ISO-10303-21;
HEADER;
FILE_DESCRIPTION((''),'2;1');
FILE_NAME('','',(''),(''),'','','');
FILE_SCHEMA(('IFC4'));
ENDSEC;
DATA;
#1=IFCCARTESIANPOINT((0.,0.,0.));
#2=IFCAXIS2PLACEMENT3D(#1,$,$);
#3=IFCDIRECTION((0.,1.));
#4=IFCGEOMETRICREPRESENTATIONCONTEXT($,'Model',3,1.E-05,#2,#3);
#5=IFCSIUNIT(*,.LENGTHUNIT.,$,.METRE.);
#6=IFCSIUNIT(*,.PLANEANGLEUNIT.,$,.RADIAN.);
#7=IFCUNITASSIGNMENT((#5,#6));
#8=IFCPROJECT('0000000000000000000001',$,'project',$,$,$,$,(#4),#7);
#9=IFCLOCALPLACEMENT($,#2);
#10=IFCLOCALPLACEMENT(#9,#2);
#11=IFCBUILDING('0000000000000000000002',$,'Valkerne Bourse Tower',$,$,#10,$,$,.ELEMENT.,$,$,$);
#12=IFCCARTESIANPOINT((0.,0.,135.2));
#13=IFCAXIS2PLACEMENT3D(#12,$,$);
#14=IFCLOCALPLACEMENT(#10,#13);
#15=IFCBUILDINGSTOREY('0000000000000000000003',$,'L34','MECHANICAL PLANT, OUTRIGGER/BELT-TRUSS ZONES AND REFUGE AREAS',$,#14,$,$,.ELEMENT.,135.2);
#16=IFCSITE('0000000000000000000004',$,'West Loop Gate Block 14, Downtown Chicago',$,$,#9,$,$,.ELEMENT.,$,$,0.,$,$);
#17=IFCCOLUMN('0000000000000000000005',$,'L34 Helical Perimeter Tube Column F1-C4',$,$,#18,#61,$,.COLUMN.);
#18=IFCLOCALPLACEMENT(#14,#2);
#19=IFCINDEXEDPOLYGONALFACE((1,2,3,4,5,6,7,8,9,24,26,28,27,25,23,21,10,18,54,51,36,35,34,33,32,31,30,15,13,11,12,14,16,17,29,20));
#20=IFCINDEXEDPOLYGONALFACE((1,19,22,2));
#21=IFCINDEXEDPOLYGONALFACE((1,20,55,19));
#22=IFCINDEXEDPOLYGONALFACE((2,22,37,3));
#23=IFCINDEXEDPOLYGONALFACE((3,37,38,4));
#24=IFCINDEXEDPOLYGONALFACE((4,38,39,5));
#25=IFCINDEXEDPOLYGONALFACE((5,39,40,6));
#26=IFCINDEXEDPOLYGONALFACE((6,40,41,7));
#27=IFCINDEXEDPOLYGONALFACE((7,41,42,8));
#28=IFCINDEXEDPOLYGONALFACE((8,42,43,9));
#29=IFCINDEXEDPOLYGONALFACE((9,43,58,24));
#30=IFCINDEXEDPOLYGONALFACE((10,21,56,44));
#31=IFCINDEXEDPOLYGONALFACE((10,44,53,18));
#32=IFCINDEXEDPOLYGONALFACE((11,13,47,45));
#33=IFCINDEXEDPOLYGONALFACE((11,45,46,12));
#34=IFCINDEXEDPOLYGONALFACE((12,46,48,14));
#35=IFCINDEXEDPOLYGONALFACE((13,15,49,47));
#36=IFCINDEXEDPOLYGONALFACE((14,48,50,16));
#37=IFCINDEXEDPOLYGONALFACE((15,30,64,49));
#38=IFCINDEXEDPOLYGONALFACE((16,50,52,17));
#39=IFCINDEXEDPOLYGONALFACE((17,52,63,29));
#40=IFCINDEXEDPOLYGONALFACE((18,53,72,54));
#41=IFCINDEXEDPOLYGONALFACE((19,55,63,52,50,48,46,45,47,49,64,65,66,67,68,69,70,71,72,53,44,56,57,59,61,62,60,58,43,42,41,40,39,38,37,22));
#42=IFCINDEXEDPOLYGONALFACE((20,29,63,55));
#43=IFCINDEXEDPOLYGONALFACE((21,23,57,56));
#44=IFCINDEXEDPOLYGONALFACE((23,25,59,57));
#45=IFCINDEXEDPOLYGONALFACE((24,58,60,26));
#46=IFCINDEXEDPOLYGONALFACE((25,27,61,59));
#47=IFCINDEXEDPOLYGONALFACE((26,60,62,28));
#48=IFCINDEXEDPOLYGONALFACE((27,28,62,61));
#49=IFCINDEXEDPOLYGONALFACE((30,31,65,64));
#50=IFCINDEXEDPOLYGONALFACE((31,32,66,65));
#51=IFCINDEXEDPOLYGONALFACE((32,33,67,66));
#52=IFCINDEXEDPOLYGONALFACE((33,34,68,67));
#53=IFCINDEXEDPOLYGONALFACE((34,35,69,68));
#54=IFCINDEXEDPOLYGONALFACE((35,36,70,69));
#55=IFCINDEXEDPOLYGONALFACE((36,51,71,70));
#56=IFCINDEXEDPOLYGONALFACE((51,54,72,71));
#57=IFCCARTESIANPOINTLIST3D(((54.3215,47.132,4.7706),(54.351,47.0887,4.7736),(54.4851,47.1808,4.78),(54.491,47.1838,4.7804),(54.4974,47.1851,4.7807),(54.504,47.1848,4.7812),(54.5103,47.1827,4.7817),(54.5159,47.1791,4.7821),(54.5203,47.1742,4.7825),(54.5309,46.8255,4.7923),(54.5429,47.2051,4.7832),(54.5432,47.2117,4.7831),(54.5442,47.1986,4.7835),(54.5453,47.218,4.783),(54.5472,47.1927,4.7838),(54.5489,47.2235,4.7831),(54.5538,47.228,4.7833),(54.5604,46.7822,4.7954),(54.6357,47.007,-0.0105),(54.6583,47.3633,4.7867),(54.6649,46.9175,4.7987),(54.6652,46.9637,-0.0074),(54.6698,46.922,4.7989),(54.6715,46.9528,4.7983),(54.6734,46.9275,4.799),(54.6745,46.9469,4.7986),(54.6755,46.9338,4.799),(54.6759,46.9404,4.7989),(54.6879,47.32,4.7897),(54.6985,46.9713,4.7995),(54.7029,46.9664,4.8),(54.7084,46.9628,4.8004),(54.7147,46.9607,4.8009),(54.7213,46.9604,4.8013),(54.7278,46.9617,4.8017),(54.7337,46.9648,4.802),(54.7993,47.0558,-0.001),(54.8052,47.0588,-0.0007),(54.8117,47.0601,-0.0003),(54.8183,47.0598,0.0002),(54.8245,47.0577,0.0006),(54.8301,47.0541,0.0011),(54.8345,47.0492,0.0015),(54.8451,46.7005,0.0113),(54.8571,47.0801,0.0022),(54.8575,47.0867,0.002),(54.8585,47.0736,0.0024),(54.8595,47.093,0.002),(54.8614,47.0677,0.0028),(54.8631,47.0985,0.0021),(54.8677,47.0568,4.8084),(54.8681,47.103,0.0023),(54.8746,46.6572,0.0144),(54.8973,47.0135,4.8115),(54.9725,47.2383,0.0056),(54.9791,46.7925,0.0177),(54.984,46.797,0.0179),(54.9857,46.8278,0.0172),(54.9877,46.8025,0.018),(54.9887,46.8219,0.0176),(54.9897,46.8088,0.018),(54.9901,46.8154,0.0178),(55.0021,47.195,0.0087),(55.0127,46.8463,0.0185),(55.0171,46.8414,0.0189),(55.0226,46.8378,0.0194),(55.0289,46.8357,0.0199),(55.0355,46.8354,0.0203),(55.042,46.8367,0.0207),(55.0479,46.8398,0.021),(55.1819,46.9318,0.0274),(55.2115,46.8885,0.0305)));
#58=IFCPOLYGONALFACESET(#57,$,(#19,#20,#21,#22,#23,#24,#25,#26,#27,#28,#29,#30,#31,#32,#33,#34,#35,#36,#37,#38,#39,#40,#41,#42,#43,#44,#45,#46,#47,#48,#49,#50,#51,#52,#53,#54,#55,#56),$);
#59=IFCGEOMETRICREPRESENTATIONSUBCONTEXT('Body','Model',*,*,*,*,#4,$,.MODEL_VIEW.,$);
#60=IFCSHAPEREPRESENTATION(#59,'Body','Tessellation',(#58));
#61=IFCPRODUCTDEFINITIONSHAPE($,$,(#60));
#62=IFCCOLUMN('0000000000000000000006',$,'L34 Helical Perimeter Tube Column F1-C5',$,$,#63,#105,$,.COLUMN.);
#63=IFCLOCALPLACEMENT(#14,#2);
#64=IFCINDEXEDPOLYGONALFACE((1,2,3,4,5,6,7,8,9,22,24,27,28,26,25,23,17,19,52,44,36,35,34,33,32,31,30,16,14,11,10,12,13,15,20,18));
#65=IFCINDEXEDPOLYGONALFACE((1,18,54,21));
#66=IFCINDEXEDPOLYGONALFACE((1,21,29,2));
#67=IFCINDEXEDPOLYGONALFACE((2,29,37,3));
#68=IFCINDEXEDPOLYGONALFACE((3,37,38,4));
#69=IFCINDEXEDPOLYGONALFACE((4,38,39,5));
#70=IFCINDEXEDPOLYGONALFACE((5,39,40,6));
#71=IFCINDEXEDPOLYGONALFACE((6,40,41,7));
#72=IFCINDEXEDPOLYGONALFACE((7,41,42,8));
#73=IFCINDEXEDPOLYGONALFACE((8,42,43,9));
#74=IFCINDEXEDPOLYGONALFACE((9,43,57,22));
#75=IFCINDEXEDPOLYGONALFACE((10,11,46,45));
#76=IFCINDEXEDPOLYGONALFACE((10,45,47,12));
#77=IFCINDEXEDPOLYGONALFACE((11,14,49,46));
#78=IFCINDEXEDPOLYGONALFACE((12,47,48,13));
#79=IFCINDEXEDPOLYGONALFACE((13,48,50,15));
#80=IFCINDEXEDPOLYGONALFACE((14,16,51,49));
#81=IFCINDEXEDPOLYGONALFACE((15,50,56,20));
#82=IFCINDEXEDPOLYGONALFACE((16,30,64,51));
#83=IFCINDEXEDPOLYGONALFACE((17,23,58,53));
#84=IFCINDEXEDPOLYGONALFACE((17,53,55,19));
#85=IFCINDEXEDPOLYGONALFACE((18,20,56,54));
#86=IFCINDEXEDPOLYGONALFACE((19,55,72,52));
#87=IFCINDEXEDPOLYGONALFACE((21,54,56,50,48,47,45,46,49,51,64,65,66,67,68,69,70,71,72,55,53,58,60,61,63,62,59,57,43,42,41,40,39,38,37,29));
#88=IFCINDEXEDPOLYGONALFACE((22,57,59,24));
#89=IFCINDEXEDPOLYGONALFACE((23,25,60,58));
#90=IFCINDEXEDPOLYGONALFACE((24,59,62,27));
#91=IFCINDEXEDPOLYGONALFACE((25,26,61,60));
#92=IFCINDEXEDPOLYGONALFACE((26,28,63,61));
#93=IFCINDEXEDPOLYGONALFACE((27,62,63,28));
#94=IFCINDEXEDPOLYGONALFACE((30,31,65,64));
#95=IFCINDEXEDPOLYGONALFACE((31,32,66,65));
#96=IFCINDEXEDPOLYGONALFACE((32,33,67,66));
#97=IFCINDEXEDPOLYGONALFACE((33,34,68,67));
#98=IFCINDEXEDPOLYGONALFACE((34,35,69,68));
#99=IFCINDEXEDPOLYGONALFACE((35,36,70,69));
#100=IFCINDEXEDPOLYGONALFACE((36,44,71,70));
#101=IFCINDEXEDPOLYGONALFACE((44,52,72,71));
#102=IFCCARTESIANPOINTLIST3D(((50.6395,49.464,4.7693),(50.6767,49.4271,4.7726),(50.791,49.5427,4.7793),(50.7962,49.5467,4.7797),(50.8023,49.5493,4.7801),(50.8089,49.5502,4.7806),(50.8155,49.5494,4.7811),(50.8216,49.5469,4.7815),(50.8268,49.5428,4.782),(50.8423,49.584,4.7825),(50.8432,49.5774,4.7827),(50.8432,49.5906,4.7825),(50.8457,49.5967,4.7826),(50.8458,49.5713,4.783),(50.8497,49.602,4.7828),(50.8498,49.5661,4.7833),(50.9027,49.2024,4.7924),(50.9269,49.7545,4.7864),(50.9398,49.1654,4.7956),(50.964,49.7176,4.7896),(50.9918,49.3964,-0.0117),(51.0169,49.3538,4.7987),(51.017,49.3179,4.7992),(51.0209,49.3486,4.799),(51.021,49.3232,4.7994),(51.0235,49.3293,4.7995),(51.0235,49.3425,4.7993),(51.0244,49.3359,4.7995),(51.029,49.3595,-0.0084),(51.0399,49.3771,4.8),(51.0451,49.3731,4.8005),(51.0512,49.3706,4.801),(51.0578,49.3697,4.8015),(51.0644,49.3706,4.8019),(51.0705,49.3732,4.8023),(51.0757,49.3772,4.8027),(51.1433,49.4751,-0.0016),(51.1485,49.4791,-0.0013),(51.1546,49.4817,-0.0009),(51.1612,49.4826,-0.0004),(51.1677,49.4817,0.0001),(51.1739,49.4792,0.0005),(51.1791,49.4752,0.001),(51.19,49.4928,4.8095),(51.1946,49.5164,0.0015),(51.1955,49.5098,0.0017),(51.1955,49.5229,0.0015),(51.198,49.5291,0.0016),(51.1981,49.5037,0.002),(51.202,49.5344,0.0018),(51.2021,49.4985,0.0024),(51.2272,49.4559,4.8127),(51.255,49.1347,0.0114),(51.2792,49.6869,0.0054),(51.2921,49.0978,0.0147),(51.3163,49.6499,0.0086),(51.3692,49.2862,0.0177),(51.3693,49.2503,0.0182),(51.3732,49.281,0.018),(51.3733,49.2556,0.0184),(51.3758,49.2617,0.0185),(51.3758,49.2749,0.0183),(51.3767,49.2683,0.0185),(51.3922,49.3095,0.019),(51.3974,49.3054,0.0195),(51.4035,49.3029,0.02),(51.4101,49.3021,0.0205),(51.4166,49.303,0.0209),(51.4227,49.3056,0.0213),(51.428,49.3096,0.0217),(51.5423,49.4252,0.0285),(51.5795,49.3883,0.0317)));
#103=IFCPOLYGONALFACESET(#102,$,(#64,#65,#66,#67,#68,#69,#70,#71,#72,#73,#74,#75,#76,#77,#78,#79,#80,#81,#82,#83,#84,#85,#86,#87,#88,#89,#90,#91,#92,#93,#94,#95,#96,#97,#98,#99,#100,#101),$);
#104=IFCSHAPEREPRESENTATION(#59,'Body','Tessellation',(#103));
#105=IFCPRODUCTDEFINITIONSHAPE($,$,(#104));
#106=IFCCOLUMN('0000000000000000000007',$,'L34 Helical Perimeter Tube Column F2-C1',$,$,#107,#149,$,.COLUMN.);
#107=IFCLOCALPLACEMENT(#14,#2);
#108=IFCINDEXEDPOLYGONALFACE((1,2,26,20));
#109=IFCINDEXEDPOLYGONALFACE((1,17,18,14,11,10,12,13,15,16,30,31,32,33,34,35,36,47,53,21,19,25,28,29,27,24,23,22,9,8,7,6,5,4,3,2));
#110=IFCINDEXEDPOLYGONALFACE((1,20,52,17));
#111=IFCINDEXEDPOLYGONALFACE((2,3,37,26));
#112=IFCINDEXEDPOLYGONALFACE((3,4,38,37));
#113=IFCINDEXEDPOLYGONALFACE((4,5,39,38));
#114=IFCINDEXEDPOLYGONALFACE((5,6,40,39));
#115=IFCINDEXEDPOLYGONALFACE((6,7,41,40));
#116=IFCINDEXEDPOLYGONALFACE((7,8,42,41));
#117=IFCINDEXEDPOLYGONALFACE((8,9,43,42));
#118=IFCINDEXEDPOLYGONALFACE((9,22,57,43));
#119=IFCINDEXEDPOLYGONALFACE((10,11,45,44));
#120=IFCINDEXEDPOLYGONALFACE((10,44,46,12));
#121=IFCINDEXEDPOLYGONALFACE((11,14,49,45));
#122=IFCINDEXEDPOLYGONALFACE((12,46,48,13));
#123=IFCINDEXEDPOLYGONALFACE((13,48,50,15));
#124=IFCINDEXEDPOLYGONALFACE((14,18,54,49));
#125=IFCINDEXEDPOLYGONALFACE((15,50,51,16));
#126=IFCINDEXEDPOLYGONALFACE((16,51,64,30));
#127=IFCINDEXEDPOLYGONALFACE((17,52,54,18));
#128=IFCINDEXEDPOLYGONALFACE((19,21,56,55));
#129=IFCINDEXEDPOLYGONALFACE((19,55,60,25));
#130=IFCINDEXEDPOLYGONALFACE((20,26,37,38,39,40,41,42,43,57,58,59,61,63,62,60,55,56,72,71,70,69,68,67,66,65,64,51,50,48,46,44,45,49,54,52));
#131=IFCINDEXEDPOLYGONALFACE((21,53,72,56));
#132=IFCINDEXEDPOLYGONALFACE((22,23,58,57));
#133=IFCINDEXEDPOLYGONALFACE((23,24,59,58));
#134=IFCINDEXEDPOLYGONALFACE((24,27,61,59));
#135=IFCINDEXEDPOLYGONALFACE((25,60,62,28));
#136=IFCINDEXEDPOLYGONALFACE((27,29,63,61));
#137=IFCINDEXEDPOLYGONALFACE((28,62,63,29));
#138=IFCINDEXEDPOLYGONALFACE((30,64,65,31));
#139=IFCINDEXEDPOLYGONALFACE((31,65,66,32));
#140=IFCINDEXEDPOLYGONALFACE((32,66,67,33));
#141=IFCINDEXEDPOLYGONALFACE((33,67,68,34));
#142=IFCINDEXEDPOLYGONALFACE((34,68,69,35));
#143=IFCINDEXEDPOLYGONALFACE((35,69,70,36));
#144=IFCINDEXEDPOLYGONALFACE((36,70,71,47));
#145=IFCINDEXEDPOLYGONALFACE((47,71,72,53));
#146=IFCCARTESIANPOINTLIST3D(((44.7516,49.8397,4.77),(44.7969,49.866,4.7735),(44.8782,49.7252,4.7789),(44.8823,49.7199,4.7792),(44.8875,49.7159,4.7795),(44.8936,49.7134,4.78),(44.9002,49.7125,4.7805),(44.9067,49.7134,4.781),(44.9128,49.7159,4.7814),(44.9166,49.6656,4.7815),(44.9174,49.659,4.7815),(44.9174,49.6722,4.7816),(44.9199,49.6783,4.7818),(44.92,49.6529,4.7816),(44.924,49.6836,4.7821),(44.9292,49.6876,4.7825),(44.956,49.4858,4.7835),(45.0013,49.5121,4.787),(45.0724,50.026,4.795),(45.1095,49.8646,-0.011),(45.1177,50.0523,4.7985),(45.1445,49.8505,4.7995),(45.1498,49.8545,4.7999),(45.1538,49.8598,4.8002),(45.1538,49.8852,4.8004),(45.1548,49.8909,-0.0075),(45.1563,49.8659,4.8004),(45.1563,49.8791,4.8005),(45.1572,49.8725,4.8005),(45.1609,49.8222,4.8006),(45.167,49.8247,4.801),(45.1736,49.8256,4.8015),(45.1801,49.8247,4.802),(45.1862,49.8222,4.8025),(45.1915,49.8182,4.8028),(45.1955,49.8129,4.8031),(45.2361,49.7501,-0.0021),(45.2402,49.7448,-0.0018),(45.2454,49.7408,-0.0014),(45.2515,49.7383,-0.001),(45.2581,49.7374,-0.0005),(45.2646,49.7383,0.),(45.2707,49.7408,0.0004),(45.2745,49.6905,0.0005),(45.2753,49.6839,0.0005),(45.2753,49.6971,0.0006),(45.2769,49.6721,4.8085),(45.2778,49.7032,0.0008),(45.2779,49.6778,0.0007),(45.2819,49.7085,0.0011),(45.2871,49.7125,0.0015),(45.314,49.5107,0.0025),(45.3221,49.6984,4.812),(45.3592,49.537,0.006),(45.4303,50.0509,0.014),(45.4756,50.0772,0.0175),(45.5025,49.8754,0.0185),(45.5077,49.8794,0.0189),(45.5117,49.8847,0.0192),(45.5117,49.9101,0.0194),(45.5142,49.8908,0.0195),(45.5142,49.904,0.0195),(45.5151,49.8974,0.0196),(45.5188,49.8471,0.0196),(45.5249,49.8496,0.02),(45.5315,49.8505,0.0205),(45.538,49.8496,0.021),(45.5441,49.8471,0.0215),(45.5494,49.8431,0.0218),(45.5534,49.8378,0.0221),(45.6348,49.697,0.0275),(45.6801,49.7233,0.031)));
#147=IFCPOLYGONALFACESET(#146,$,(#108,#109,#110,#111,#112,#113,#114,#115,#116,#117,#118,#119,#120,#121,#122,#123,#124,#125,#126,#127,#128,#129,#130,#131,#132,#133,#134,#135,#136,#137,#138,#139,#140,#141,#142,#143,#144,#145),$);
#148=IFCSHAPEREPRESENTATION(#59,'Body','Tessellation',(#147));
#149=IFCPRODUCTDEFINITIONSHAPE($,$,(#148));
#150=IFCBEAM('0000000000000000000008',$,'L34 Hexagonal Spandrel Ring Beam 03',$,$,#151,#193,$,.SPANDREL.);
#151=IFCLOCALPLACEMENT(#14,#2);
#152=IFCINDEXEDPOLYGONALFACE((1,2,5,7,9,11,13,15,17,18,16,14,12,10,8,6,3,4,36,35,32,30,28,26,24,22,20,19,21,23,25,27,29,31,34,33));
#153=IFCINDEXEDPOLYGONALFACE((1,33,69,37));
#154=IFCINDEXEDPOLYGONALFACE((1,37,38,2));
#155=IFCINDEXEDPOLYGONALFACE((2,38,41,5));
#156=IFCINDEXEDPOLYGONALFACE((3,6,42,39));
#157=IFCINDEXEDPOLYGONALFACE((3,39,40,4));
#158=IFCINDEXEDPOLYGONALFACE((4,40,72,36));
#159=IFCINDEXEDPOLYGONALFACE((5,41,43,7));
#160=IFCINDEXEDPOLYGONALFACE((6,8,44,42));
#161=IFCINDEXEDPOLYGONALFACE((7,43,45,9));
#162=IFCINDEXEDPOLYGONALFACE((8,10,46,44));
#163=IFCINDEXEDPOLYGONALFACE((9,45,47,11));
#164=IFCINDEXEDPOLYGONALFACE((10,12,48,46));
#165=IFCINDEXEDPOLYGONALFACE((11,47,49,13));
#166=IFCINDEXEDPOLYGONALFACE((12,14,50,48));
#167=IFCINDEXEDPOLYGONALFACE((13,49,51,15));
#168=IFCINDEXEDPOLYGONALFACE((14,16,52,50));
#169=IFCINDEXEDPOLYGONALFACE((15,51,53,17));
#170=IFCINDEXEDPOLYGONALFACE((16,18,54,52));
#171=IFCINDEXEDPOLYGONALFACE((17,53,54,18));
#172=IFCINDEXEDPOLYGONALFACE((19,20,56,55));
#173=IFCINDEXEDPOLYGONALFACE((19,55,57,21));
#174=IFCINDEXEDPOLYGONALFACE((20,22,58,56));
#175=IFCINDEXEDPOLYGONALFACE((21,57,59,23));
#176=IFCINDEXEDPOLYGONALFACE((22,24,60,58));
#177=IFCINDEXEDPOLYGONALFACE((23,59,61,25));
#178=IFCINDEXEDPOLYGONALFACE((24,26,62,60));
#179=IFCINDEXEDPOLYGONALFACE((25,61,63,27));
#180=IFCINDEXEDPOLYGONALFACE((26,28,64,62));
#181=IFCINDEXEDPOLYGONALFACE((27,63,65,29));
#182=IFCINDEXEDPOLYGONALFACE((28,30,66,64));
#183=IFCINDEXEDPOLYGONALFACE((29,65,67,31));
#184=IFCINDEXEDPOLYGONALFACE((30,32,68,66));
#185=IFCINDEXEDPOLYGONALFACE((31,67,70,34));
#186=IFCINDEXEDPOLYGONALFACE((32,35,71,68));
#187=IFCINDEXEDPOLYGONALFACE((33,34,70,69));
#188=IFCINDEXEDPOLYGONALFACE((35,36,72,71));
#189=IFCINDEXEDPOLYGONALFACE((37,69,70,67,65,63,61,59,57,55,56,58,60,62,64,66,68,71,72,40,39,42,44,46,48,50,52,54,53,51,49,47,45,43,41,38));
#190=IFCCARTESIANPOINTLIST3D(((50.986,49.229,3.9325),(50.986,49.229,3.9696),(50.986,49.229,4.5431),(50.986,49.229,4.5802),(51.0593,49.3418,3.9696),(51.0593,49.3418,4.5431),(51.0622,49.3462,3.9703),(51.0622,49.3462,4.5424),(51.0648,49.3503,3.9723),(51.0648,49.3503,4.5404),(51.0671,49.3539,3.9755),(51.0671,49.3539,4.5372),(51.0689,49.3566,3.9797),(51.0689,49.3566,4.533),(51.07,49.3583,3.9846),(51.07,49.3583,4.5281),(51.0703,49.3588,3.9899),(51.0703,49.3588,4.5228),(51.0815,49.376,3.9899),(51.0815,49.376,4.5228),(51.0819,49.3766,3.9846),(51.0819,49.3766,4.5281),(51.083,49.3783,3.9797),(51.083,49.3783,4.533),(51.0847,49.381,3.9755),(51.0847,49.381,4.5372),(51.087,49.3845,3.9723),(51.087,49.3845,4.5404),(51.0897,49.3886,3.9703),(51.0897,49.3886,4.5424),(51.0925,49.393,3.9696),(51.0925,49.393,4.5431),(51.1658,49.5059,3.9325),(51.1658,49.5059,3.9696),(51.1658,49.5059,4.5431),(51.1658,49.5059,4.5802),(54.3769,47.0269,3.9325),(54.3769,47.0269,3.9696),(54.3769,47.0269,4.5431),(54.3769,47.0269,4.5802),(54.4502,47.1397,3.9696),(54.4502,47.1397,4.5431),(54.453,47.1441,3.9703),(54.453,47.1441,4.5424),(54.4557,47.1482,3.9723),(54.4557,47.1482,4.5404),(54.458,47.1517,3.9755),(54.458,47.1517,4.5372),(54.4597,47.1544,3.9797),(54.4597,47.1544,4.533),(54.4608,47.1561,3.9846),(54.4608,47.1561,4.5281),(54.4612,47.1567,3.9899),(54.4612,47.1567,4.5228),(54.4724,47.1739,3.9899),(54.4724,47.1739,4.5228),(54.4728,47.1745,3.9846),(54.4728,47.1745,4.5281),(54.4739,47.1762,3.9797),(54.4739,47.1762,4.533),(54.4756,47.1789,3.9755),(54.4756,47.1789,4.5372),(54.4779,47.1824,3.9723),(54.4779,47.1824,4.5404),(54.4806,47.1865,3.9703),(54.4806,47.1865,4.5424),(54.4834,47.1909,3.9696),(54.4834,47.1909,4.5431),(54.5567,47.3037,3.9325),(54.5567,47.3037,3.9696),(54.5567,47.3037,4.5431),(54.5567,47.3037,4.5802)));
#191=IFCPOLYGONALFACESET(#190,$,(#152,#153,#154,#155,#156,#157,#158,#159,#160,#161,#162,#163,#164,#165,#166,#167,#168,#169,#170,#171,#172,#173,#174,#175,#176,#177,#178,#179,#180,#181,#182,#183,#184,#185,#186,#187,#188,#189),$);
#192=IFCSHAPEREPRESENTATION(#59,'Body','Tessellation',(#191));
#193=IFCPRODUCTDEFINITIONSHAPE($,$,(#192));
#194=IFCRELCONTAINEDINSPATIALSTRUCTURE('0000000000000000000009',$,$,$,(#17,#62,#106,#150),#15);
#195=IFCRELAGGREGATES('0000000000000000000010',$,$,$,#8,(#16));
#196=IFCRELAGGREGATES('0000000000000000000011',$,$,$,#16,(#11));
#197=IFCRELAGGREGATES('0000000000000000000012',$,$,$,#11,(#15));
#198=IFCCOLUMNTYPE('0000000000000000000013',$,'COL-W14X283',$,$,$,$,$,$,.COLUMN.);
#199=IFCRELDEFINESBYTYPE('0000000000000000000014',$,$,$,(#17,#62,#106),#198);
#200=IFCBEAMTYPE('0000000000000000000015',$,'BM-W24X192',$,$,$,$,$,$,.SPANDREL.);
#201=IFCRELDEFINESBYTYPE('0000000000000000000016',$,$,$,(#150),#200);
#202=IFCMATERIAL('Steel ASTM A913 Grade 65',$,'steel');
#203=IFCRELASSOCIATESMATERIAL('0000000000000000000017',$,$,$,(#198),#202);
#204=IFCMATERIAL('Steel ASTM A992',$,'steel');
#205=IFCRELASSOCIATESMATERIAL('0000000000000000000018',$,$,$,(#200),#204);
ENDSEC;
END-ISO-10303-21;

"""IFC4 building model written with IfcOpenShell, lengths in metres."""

from ifc_helpers import new_model, si_unit, direction, frame, origin, origin_2d, place, context, subcontext, project, spatial, i_section, extrude, material, material_profile, profile_set, type_object, element, save


model = new_model("IFC4")

# Units and contexts
model_context = context("Model", 3, precision=1e-05, world=origin(), true_north=direction((0.0, 1.0)))
body_context = subcontext(model_context, "Body", "Model", "MODEL_VIEW")
ifc_project = project(units=[si_unit("LENGTHUNIT", "METRE"), si_unit("PLANEANGLEUNIT", "RADIAN")], contexts=[model_context])

# Site, building, storey
site_placement = place(None, origin())
site = spatial("IfcSite", under=ifc_project, at=site_placement, Name="West Loop Gate Block 14, Downtown Chicago", CompositionType="ELEMENT", RefElevation=0.0)
building_placement = place(site_placement, origin())
building = spatial("IfcBuilding", under=site, at=building_placement, Name="Valkerne Bourse Tower", CompositionType="ELEMENT")
storey_placement = place(building_placement, frame((0.0, 0.0, 135.2)))
storey = spatial("IfcBuildingStorey", under=building, at=storey_placement, Name="L34", Description="MECHANICAL PLANT, OUTRIGGER/BELT-TRUSS ZONES AND REFUGE AREAS", CompositionType="ELEMENT", Elevation=135.2)

# Columns
ifc_material_1 = material(Name="Steel ASTM A913 Grade 65", Category="steel")
ifc_material_profile_1 = material_profile(ifc_material_1, i_section(OverallWidth=0.4089, OverallDepth=0.4243, WebThickness=0.0327, FlangeThickness=0.0525, FilletRadius=0.0254, at=origin_2d()), Name="W14X283")
ifc_profile_set_1 = profile_set([ifc_material_profile_1], Name="Steel ASTM A913 Grade 65")
column_type = type_object("IfcColumnType", Name="COL-W14X283", PredefinedType="COLUMN", material=ifc_profile_set_1)
column_placement = place(storey_placement, frame((54.9236, 46.9478, 0.01), z_axis=(-0.065556, 0.02608, 0.997508), x_axis=(0.823762, 0.565569, 0.039351)))
element("IfcColumn", 1, at=column_placement, inside=storey, type_object=column_type, Name="L34 Helical Perimeter Tube Column F1-C4", PredefinedType="COLUMN", context=body_context, shape_type="SweptSolid", body=[
    extrude(i_section(OverallWidth=0.4089, OverallDepth=0.4243, WebThickness=0.0327, FlangeThickness=0.0525, FilletRadius=0.0254, at=origin_2d()), origin(), (0.0, 0.0, 1.0), 4.793),
])
for number, where, z_axis, x_axis, name in (
    (2, (51.2856, 49.3923, 0.01), (-0.07348, 0.014105, 0.997197), (0.702682, 0.710279, 0.041731), "L34 Helical Perimeter Tube Column F1-C5"),
    (3, (45.3948, 49.7939, 0.01), (-0.074651, -0.005194, 0.997196), (-0.499979, 0.865412, -0.032921), "L34 Helical Perimeter Tube Column F2-C1"),
):
    element("IfcColumn", number, at=place(storey_placement, frame(where, z_axis=z_axis, x_axis=x_axis)), inside=storey, type_object=column_type, Name=name, PredefinedType="COLUMN", context=body_context, shape_type="SweptSolid", body=[
        extrude(i_section(OverallWidth=0.4089, OverallDepth=0.4243, WebThickness=0.0327, FlangeThickness=0.0525, FilletRadius=0.0254, at=origin_2d()), origin(), (0.0, 0.0, 1.0), 4.7944),
    ])

# Beam
ifc_material_2 = material(Name="Steel ASTM A992", Category="steel")
ifc_material_profile_2 = material_profile(ifc_material_2, i_section(OverallWidth=0.3301, OverallDepth=0.6477, WebThickness=0.0205, FlangeThickness=0.0371, FilletRadius=0.0203, at=origin_2d()), Name="W24X192")
ifc_profile_set_2 = profile_set([ifc_material_profile_2], Name="Steel ASTM A992")
beam_type_1 = type_object("IfcBeamType", Name="BM-W24X192", PredefinedType="SPANDREL", material=ifc_profile_set_2)
beam_1_placement = place(storey_placement, frame((54.4668, 47.1653, 4.2563), z_axis=(-0.83866, 0.544655, 0.0), x_axis=(-0.544655, -0.83866, 0.0)))
element("IfcBeam", 4, at=beam_1_placement, inside=storey, type_object=beam_type_1, Name="L34 Hexagonal Spandrel Ring Beam 03", PredefinedType="SPANDREL", context=body_context, shape_type="SweptSolid", body=[
    extrude(i_section(OverallWidth=0.3301, OverallDepth=0.6477, WebThickness=0.0205, FlangeThickness=0.0371, FilletRadius=0.0203, at=origin_2d()), origin(), (0.0, 0.0, 1.0), 4.0432),
])

save(model, "model.ifc")
